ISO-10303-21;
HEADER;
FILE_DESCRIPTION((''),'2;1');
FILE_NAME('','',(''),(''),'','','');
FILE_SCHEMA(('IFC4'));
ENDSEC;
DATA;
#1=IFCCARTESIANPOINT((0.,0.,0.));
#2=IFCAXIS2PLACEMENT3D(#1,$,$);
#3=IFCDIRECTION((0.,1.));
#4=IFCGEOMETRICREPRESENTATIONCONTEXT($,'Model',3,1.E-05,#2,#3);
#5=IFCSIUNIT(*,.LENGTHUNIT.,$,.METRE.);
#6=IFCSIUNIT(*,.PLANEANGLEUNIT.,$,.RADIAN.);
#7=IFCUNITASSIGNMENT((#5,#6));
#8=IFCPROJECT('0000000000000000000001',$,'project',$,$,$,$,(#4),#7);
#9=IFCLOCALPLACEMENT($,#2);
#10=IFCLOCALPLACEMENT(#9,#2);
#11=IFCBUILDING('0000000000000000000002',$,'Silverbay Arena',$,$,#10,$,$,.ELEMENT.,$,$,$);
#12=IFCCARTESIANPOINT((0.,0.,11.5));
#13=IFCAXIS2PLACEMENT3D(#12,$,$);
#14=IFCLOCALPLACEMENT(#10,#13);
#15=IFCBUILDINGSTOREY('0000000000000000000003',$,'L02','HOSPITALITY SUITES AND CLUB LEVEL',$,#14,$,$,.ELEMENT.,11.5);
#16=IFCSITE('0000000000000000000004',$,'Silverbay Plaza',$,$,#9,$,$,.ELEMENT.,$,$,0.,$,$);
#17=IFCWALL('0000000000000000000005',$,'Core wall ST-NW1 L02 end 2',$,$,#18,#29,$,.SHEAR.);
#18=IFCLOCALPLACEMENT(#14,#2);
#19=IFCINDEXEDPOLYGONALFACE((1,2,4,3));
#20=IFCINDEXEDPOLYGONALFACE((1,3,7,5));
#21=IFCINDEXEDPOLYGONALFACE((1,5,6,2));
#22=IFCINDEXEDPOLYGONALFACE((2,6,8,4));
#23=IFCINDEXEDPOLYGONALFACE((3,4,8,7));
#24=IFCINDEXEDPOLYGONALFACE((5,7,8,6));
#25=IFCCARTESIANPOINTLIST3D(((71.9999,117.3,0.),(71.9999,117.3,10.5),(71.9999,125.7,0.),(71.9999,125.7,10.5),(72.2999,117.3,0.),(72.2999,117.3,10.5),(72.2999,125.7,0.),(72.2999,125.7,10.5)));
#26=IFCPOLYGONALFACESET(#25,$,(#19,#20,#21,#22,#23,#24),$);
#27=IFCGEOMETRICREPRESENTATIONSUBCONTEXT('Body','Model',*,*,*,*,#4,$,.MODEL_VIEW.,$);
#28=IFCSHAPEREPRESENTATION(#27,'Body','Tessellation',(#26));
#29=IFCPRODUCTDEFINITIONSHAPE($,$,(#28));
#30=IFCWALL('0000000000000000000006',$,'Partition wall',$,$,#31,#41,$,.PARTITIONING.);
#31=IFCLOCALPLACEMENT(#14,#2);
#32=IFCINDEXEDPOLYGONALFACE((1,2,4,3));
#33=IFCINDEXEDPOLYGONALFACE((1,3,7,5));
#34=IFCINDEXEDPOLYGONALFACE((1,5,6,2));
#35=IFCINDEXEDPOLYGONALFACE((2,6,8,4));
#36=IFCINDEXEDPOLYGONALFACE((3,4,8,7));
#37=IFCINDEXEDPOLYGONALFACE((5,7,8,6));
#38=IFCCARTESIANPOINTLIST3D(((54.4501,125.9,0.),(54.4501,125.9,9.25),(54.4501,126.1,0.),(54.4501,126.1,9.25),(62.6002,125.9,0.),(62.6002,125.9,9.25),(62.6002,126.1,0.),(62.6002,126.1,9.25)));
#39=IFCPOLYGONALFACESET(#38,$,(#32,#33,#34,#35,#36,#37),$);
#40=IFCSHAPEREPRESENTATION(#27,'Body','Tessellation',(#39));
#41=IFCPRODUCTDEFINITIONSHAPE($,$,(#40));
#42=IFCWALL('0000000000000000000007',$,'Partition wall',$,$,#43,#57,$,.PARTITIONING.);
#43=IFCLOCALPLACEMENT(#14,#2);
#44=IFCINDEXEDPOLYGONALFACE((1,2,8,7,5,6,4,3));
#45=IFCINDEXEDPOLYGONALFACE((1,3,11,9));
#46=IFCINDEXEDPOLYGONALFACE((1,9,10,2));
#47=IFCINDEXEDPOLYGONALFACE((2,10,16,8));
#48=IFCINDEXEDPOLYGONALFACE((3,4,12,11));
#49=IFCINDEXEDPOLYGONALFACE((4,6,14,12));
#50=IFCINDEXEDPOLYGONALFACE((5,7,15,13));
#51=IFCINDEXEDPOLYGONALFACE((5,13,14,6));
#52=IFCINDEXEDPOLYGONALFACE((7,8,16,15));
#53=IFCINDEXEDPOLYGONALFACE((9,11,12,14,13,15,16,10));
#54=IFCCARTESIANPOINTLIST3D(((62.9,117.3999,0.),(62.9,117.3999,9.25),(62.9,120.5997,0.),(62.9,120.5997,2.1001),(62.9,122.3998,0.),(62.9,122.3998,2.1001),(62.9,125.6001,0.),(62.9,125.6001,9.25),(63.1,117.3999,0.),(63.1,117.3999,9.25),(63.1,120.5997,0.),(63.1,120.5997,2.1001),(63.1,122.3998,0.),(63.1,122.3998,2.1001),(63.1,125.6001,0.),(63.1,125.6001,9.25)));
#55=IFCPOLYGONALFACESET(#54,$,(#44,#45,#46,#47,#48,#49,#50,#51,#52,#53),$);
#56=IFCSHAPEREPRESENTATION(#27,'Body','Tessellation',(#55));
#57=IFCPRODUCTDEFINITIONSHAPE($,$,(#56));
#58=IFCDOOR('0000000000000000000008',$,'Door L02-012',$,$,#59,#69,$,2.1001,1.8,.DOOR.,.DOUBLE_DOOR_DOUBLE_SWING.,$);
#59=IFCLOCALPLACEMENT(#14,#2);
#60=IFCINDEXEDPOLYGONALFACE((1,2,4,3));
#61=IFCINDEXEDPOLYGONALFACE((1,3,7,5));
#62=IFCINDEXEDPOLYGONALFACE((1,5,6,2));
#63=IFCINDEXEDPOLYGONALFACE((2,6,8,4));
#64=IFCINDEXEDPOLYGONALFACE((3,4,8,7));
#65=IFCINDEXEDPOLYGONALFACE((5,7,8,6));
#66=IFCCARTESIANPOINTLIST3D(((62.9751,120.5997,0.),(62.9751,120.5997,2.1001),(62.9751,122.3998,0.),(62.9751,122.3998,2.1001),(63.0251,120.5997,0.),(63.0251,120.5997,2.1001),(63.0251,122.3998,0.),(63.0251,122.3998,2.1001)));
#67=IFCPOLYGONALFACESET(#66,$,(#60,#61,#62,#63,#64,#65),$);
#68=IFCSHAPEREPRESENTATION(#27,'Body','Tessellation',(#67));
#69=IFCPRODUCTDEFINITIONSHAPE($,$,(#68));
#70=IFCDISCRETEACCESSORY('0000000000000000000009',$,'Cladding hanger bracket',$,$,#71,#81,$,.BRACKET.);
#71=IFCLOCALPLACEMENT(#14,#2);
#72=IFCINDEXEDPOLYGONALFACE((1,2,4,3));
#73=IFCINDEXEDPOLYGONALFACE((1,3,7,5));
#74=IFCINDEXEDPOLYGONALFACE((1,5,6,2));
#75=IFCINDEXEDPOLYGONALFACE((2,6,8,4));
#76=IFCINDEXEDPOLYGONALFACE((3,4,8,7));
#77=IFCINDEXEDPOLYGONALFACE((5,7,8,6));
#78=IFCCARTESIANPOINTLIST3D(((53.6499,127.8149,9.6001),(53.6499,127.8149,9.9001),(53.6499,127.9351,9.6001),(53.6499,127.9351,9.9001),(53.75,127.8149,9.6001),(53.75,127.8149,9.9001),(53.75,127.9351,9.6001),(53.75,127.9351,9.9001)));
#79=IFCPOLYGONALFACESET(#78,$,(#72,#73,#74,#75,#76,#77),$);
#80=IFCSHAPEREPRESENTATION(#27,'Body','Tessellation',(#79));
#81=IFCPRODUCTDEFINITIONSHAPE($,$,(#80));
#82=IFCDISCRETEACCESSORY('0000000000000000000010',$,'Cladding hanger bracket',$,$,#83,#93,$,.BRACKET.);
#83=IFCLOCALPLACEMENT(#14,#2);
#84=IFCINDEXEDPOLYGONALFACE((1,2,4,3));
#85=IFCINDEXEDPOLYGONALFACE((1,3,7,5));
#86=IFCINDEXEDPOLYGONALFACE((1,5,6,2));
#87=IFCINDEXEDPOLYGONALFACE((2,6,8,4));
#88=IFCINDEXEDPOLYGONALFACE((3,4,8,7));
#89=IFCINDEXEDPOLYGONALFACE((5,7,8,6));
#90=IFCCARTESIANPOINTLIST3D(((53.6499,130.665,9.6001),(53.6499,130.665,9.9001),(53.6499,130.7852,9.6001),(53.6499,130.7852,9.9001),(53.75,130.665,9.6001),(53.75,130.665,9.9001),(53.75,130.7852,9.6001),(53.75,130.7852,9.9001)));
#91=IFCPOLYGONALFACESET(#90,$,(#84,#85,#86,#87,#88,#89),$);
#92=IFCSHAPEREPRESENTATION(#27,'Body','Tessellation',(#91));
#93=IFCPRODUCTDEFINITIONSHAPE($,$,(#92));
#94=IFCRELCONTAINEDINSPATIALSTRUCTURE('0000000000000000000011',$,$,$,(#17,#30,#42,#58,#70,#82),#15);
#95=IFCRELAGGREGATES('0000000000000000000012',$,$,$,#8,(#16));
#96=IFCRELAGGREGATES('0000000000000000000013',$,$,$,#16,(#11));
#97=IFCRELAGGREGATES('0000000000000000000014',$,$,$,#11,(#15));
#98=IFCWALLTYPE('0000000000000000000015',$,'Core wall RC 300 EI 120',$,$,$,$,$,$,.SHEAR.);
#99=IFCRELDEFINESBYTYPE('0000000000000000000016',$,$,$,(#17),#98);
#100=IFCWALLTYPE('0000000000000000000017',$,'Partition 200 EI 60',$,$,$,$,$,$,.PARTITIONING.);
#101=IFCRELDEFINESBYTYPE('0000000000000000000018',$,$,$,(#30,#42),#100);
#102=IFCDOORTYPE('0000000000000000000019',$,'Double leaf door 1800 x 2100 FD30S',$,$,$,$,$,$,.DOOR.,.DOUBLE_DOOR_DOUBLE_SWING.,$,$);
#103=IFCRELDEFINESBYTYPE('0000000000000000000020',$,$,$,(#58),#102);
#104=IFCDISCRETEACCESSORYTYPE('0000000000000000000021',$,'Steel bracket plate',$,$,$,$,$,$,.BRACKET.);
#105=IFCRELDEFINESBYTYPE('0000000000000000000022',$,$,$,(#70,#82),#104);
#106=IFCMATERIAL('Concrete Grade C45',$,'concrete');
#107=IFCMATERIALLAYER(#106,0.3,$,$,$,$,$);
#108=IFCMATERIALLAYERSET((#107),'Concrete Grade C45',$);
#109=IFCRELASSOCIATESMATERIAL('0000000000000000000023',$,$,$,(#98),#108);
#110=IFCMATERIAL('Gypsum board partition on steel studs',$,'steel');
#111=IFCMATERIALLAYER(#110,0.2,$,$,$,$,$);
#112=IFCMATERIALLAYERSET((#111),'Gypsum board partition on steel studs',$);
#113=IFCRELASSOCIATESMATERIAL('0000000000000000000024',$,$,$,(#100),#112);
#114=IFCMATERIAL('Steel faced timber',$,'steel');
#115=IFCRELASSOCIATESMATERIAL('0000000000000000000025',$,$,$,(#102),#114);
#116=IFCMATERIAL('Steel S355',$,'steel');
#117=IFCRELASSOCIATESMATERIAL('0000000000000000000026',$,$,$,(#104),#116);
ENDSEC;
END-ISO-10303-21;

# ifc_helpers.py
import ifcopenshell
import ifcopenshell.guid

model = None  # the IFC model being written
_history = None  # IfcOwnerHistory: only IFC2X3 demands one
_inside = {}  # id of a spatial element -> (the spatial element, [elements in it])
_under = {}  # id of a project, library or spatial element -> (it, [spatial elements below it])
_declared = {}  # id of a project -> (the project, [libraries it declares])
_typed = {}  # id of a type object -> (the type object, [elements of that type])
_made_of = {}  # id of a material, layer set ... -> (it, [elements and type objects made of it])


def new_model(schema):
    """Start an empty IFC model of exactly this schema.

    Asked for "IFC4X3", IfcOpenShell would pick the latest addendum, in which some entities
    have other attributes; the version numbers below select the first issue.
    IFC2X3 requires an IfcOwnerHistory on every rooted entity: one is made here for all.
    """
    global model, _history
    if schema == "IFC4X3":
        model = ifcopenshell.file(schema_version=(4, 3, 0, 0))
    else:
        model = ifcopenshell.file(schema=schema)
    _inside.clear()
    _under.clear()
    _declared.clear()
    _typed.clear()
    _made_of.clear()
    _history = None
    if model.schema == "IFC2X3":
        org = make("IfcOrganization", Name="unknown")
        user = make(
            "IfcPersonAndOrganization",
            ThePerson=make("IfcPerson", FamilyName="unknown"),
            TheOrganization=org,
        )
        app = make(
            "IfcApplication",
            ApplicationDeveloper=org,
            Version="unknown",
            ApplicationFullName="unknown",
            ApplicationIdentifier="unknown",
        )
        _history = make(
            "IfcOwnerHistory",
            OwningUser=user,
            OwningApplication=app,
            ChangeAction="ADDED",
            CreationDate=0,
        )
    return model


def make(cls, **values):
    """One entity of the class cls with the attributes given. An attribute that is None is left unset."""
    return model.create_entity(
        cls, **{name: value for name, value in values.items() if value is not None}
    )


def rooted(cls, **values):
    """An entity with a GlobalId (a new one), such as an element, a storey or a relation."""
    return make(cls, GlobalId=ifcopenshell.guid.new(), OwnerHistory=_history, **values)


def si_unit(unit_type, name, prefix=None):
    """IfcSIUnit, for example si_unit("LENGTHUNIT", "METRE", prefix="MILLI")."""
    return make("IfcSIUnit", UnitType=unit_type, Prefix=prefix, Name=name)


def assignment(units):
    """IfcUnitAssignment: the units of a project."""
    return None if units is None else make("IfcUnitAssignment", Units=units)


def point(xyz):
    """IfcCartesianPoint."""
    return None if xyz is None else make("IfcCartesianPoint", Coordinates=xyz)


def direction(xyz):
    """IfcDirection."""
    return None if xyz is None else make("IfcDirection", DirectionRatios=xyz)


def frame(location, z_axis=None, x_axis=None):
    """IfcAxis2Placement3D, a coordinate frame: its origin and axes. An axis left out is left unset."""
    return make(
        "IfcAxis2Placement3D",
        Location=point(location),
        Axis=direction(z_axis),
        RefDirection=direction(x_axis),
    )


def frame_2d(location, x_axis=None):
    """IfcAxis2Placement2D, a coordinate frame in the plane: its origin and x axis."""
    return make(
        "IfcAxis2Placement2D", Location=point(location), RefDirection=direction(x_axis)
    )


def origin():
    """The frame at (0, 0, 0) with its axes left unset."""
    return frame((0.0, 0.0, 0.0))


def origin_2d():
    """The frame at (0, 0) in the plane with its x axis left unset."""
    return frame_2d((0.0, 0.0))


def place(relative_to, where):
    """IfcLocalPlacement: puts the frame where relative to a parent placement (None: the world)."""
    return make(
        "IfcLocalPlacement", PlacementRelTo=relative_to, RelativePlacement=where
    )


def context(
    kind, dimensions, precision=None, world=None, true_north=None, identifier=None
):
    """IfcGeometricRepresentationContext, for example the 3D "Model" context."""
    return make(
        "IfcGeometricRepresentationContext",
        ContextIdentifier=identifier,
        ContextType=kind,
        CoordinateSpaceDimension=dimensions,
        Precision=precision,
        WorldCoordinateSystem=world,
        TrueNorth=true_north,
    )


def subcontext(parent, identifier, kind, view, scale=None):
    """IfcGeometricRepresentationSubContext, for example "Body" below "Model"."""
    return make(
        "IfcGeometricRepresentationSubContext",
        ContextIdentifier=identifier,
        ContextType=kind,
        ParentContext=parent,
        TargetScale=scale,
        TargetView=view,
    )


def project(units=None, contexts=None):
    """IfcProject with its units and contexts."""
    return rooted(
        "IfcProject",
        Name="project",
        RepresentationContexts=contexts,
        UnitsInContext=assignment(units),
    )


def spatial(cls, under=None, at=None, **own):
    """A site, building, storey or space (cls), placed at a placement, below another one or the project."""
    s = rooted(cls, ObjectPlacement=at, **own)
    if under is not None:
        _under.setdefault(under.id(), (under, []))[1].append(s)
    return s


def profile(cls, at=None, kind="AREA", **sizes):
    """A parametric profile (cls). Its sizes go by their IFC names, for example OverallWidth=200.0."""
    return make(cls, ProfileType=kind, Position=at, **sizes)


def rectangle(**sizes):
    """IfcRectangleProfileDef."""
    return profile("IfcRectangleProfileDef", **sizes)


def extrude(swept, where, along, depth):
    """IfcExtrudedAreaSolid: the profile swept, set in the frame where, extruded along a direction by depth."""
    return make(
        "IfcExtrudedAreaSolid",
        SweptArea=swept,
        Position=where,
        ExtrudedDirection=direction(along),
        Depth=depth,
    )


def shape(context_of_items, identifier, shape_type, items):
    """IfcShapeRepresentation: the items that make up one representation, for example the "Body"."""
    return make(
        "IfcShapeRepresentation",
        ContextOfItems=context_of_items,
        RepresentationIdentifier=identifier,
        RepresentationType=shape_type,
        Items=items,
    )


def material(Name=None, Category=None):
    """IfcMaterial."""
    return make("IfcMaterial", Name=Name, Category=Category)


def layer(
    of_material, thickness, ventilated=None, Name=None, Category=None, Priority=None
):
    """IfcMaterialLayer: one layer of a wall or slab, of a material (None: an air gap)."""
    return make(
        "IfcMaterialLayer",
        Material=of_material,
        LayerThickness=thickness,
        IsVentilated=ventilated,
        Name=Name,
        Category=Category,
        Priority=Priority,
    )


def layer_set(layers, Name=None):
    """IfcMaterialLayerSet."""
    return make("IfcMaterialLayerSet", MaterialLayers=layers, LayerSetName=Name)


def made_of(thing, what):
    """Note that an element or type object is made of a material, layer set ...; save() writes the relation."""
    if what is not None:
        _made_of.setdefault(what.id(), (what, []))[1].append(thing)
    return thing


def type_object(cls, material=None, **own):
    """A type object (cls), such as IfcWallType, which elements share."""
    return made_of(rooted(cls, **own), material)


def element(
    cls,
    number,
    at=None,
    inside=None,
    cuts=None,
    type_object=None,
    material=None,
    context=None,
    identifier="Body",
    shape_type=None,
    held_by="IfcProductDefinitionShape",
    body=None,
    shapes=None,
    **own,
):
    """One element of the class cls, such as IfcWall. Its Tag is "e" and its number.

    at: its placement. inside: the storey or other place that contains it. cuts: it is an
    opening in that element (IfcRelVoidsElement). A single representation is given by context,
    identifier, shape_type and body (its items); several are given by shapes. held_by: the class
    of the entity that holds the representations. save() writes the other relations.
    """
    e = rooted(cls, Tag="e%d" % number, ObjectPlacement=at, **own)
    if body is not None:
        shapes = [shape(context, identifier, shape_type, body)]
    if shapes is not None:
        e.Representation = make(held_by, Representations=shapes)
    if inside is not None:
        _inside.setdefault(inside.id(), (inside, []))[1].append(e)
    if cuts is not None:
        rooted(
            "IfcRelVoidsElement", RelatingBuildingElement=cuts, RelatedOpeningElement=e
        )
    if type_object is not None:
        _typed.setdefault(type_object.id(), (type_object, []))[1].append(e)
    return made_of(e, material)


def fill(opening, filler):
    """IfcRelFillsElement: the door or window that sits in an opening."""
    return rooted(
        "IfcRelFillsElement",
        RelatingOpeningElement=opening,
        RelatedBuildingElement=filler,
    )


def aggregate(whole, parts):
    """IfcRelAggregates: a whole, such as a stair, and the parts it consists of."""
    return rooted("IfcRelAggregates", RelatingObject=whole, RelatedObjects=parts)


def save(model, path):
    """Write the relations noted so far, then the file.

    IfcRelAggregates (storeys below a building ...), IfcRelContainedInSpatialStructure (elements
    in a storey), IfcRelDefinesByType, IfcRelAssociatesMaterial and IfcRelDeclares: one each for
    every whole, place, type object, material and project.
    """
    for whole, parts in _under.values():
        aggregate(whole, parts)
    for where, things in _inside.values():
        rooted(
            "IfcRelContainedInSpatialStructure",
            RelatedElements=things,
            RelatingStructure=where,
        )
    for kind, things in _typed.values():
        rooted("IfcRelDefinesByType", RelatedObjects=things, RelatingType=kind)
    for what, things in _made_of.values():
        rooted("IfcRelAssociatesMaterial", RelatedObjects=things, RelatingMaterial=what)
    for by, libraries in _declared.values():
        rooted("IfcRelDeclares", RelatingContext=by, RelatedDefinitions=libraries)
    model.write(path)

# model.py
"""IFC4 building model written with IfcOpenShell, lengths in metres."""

from ifc_helpers import new_model, si_unit, direction, frame, frame_2d, origin, origin_2d, place, context, subcontext, project, spatial, rectangle, extrude, material, layer, layer_set, type_object, element, fill, save


model = new_model("IFC4")

# Units and contexts
model_context = context("Model", 3, precision=1e-05, world=origin(), true_north=direction((0.0, 1.0)))
body_context = subcontext(model_context, "Body", "Model", "MODEL_VIEW")
ifc_project = project(units=[si_unit("LENGTHUNIT", "METRE"), si_unit("PLANEANGLEUNIT", "RADIAN")], contexts=[model_context])

# Site, building, storey
site_placement = place(None, origin())
site = spatial("IfcSite", under=ifc_project, at=site_placement, Name="Silverbay Plaza", CompositionType="ELEMENT", RefElevation=0.0)
building_placement = place(site_placement, origin())
building = spatial("IfcBuilding", under=site, at=building_placement, Name="Silverbay Arena", CompositionType="ELEMENT")
storey_placement = place(building_placement, frame((0.0, 0.0, 11.5)))
storey = spatial("IfcBuildingStorey", under=building, at=storey_placement, Name="L02", Description="HOSPITALITY SUITES AND CLUB LEVEL", CompositionType="ELEMENT", Elevation=11.5)

# Walls
ifc_material_1 = material(Name="Concrete Grade C45", Category="concrete")
ifc_layer_1 = layer(ifc_material_1, 0.3)
ifc_layer_set_1 = layer_set([ifc_layer_1], Name="Concrete Grade C45")
wall_type_1 = type_object("IfcWallType", Name="Core wall RC 300 EI 120", PredefinedType="SHEAR", material=ifc_layer_set_1)
wall_1_placement = place(storey_placement, frame((72.1499, 117.3, 0.0), z_axis=(0.0, 0.0, 1.0), x_axis=(0.0, 1.0, 0.0)))
element("IfcWall", 1, at=wall_1_placement, inside=storey, type_object=wall_type_1, Name="Core wall ST-NW1 L02 end 2", PredefinedType="SHEAR", context=body_context, shape_type="SweptSolid", body=[
    extrude(rectangle(XDim=8.3999, YDim=0.3, at=frame_2d((4.2, 0.0))), origin(), (0.0, 0.0, 1.0), 10.5),
])
ifc_material_2 = material(Name="Gypsum board partition on steel studs", Category="steel")
ifc_layer_2 = layer(ifc_material_2, 0.2)
ifc_layer_set_2 = layer_set([ifc_layer_2], Name="Gypsum board partition on steel studs")
wall_type_2 = type_object("IfcWallType", Name="Partition 200 EI 60", PredefinedType="PARTITIONING", material=ifc_layer_set_2)
wall_2_placement = place(storey_placement, frame((54.45, 126.0, 0.0), z_axis=(0.0, 0.0, 1.0), x_axis=(1.0, 0.0, 0.0)))
element("IfcWall", 2, at=wall_2_placement, inside=storey, type_object=wall_type_2, Name="Partition wall", PredefinedType="PARTITIONING", context=body_context, shape_type="SweptSolid", body=[
    extrude(rectangle(XDim=8.1501, YDim=0.2, at=frame_2d((4.0752, 0.0))), origin(), (0.0, 0.0, 1.0), 9.25),
])

# Wall, opening, door
wall_3_placement = place(storey_placement, frame((63.0, 117.3999, 0.0), z_axis=(0.0, 0.0, 1.0), x_axis=(0.0, 1.0, 0.0)))
wall_3 = element("IfcWall", 3, at=wall_3_placement, inside=storey, type_object=wall_type_2, Name="Partition wall", PredefinedType="PARTITIONING", context=body_context, shape_type="SweptSolid", body=[
    extrude(rectangle(XDim=8.2002, YDim=0.2, at=frame_2d((4.1001, 0.0))), origin(), (0.0, 0.0, 1.0), 9.25),
])
opening_placement = place(wall_3_placement, frame((3.2, 0.0, 0.0)))
opening = element("IfcOpeningElement", 4, at=opening_placement, cuts=wall_3, PredefinedType="OPENING", context=body_context, shape_type="SweptSolid", body=[
    extrude(rectangle(XDim=1.8, YDim=2.1001, at=frame_2d((0.8999, 1.05))), frame((0.0, 0.1099, 0.0), z_axis=(0.0, -1.0, 0.0), x_axis=(1.0, 0.0, 0.0)), (0.0, 0.0, 1.0), 0.22),
])
ifc_material_3 = material(Name="Steel faced timber", Category="steel")
door_type = type_object("IfcDoorType", Name="Double leaf door 1800 x 2100 FD30S", OperationType="DOUBLE_DOOR_DOUBLE_SWING", PredefinedType="DOOR", material=ifc_material_3)
door_placement = place(opening_placement, origin())
door = element("IfcDoor", 5, at=door_placement, inside=storey, type_object=door_type, Name="Door L02-012", OperationType="DOUBLE_DOOR_DOUBLE_SWING", OverallHeight=2.1001, OverallWidth=1.8, PredefinedType="DOOR", context=body_context, shape_type="SweptSolid", body=[
    extrude(rectangle(XDim=1.8, YDim=2.1001, at=frame_2d((0.8999, 1.05))), frame((0.0, 0.0249, 0.0), z_axis=(0.0, -1.0, 0.0), x_axis=(1.0, 0.0, 0.0)), (0.0, 0.0, 1.0), 0.05),
])
fill(opening, door)

# Discrete accessories
ifc_material_4 = material(Name="Steel S355", Category="steel")
discrete_accessory_type = type_object("IfcDiscreteAccessoryType", Name="Steel bracket plate", PredefinedType="BRACKET", material=ifc_material_4)
for number, where, z_axis, x_axis, name in (
    (6, (53.7, 127.875, 9.6001), (0.0, 0.0, 1.0), (1.0, 0.0, 0.0), "Cladding hanger bracket"),
    (7, (53.7, 130.7251, 9.6001), (0.0, 0.0, 1.0), (1.0, 0.0, 0.0), "Cladding hanger bracket"),
):
    element("IfcDiscreteAccessory", number, at=place(storey_placement, frame(where, z_axis=z_axis, x_axis=x_axis)), inside=storey, type_object=discrete_accessory_type, Name=name, PredefinedType="BRACKET", context=body_context, shape_type="SweptSolid", body=[
        extrude(rectangle(XDim=0.1001, YDim=0.1201, at=origin_2d()), origin(), (0.0, 0.0, 1.0), 0.3),
    ])

save(model, "model.ifc")
